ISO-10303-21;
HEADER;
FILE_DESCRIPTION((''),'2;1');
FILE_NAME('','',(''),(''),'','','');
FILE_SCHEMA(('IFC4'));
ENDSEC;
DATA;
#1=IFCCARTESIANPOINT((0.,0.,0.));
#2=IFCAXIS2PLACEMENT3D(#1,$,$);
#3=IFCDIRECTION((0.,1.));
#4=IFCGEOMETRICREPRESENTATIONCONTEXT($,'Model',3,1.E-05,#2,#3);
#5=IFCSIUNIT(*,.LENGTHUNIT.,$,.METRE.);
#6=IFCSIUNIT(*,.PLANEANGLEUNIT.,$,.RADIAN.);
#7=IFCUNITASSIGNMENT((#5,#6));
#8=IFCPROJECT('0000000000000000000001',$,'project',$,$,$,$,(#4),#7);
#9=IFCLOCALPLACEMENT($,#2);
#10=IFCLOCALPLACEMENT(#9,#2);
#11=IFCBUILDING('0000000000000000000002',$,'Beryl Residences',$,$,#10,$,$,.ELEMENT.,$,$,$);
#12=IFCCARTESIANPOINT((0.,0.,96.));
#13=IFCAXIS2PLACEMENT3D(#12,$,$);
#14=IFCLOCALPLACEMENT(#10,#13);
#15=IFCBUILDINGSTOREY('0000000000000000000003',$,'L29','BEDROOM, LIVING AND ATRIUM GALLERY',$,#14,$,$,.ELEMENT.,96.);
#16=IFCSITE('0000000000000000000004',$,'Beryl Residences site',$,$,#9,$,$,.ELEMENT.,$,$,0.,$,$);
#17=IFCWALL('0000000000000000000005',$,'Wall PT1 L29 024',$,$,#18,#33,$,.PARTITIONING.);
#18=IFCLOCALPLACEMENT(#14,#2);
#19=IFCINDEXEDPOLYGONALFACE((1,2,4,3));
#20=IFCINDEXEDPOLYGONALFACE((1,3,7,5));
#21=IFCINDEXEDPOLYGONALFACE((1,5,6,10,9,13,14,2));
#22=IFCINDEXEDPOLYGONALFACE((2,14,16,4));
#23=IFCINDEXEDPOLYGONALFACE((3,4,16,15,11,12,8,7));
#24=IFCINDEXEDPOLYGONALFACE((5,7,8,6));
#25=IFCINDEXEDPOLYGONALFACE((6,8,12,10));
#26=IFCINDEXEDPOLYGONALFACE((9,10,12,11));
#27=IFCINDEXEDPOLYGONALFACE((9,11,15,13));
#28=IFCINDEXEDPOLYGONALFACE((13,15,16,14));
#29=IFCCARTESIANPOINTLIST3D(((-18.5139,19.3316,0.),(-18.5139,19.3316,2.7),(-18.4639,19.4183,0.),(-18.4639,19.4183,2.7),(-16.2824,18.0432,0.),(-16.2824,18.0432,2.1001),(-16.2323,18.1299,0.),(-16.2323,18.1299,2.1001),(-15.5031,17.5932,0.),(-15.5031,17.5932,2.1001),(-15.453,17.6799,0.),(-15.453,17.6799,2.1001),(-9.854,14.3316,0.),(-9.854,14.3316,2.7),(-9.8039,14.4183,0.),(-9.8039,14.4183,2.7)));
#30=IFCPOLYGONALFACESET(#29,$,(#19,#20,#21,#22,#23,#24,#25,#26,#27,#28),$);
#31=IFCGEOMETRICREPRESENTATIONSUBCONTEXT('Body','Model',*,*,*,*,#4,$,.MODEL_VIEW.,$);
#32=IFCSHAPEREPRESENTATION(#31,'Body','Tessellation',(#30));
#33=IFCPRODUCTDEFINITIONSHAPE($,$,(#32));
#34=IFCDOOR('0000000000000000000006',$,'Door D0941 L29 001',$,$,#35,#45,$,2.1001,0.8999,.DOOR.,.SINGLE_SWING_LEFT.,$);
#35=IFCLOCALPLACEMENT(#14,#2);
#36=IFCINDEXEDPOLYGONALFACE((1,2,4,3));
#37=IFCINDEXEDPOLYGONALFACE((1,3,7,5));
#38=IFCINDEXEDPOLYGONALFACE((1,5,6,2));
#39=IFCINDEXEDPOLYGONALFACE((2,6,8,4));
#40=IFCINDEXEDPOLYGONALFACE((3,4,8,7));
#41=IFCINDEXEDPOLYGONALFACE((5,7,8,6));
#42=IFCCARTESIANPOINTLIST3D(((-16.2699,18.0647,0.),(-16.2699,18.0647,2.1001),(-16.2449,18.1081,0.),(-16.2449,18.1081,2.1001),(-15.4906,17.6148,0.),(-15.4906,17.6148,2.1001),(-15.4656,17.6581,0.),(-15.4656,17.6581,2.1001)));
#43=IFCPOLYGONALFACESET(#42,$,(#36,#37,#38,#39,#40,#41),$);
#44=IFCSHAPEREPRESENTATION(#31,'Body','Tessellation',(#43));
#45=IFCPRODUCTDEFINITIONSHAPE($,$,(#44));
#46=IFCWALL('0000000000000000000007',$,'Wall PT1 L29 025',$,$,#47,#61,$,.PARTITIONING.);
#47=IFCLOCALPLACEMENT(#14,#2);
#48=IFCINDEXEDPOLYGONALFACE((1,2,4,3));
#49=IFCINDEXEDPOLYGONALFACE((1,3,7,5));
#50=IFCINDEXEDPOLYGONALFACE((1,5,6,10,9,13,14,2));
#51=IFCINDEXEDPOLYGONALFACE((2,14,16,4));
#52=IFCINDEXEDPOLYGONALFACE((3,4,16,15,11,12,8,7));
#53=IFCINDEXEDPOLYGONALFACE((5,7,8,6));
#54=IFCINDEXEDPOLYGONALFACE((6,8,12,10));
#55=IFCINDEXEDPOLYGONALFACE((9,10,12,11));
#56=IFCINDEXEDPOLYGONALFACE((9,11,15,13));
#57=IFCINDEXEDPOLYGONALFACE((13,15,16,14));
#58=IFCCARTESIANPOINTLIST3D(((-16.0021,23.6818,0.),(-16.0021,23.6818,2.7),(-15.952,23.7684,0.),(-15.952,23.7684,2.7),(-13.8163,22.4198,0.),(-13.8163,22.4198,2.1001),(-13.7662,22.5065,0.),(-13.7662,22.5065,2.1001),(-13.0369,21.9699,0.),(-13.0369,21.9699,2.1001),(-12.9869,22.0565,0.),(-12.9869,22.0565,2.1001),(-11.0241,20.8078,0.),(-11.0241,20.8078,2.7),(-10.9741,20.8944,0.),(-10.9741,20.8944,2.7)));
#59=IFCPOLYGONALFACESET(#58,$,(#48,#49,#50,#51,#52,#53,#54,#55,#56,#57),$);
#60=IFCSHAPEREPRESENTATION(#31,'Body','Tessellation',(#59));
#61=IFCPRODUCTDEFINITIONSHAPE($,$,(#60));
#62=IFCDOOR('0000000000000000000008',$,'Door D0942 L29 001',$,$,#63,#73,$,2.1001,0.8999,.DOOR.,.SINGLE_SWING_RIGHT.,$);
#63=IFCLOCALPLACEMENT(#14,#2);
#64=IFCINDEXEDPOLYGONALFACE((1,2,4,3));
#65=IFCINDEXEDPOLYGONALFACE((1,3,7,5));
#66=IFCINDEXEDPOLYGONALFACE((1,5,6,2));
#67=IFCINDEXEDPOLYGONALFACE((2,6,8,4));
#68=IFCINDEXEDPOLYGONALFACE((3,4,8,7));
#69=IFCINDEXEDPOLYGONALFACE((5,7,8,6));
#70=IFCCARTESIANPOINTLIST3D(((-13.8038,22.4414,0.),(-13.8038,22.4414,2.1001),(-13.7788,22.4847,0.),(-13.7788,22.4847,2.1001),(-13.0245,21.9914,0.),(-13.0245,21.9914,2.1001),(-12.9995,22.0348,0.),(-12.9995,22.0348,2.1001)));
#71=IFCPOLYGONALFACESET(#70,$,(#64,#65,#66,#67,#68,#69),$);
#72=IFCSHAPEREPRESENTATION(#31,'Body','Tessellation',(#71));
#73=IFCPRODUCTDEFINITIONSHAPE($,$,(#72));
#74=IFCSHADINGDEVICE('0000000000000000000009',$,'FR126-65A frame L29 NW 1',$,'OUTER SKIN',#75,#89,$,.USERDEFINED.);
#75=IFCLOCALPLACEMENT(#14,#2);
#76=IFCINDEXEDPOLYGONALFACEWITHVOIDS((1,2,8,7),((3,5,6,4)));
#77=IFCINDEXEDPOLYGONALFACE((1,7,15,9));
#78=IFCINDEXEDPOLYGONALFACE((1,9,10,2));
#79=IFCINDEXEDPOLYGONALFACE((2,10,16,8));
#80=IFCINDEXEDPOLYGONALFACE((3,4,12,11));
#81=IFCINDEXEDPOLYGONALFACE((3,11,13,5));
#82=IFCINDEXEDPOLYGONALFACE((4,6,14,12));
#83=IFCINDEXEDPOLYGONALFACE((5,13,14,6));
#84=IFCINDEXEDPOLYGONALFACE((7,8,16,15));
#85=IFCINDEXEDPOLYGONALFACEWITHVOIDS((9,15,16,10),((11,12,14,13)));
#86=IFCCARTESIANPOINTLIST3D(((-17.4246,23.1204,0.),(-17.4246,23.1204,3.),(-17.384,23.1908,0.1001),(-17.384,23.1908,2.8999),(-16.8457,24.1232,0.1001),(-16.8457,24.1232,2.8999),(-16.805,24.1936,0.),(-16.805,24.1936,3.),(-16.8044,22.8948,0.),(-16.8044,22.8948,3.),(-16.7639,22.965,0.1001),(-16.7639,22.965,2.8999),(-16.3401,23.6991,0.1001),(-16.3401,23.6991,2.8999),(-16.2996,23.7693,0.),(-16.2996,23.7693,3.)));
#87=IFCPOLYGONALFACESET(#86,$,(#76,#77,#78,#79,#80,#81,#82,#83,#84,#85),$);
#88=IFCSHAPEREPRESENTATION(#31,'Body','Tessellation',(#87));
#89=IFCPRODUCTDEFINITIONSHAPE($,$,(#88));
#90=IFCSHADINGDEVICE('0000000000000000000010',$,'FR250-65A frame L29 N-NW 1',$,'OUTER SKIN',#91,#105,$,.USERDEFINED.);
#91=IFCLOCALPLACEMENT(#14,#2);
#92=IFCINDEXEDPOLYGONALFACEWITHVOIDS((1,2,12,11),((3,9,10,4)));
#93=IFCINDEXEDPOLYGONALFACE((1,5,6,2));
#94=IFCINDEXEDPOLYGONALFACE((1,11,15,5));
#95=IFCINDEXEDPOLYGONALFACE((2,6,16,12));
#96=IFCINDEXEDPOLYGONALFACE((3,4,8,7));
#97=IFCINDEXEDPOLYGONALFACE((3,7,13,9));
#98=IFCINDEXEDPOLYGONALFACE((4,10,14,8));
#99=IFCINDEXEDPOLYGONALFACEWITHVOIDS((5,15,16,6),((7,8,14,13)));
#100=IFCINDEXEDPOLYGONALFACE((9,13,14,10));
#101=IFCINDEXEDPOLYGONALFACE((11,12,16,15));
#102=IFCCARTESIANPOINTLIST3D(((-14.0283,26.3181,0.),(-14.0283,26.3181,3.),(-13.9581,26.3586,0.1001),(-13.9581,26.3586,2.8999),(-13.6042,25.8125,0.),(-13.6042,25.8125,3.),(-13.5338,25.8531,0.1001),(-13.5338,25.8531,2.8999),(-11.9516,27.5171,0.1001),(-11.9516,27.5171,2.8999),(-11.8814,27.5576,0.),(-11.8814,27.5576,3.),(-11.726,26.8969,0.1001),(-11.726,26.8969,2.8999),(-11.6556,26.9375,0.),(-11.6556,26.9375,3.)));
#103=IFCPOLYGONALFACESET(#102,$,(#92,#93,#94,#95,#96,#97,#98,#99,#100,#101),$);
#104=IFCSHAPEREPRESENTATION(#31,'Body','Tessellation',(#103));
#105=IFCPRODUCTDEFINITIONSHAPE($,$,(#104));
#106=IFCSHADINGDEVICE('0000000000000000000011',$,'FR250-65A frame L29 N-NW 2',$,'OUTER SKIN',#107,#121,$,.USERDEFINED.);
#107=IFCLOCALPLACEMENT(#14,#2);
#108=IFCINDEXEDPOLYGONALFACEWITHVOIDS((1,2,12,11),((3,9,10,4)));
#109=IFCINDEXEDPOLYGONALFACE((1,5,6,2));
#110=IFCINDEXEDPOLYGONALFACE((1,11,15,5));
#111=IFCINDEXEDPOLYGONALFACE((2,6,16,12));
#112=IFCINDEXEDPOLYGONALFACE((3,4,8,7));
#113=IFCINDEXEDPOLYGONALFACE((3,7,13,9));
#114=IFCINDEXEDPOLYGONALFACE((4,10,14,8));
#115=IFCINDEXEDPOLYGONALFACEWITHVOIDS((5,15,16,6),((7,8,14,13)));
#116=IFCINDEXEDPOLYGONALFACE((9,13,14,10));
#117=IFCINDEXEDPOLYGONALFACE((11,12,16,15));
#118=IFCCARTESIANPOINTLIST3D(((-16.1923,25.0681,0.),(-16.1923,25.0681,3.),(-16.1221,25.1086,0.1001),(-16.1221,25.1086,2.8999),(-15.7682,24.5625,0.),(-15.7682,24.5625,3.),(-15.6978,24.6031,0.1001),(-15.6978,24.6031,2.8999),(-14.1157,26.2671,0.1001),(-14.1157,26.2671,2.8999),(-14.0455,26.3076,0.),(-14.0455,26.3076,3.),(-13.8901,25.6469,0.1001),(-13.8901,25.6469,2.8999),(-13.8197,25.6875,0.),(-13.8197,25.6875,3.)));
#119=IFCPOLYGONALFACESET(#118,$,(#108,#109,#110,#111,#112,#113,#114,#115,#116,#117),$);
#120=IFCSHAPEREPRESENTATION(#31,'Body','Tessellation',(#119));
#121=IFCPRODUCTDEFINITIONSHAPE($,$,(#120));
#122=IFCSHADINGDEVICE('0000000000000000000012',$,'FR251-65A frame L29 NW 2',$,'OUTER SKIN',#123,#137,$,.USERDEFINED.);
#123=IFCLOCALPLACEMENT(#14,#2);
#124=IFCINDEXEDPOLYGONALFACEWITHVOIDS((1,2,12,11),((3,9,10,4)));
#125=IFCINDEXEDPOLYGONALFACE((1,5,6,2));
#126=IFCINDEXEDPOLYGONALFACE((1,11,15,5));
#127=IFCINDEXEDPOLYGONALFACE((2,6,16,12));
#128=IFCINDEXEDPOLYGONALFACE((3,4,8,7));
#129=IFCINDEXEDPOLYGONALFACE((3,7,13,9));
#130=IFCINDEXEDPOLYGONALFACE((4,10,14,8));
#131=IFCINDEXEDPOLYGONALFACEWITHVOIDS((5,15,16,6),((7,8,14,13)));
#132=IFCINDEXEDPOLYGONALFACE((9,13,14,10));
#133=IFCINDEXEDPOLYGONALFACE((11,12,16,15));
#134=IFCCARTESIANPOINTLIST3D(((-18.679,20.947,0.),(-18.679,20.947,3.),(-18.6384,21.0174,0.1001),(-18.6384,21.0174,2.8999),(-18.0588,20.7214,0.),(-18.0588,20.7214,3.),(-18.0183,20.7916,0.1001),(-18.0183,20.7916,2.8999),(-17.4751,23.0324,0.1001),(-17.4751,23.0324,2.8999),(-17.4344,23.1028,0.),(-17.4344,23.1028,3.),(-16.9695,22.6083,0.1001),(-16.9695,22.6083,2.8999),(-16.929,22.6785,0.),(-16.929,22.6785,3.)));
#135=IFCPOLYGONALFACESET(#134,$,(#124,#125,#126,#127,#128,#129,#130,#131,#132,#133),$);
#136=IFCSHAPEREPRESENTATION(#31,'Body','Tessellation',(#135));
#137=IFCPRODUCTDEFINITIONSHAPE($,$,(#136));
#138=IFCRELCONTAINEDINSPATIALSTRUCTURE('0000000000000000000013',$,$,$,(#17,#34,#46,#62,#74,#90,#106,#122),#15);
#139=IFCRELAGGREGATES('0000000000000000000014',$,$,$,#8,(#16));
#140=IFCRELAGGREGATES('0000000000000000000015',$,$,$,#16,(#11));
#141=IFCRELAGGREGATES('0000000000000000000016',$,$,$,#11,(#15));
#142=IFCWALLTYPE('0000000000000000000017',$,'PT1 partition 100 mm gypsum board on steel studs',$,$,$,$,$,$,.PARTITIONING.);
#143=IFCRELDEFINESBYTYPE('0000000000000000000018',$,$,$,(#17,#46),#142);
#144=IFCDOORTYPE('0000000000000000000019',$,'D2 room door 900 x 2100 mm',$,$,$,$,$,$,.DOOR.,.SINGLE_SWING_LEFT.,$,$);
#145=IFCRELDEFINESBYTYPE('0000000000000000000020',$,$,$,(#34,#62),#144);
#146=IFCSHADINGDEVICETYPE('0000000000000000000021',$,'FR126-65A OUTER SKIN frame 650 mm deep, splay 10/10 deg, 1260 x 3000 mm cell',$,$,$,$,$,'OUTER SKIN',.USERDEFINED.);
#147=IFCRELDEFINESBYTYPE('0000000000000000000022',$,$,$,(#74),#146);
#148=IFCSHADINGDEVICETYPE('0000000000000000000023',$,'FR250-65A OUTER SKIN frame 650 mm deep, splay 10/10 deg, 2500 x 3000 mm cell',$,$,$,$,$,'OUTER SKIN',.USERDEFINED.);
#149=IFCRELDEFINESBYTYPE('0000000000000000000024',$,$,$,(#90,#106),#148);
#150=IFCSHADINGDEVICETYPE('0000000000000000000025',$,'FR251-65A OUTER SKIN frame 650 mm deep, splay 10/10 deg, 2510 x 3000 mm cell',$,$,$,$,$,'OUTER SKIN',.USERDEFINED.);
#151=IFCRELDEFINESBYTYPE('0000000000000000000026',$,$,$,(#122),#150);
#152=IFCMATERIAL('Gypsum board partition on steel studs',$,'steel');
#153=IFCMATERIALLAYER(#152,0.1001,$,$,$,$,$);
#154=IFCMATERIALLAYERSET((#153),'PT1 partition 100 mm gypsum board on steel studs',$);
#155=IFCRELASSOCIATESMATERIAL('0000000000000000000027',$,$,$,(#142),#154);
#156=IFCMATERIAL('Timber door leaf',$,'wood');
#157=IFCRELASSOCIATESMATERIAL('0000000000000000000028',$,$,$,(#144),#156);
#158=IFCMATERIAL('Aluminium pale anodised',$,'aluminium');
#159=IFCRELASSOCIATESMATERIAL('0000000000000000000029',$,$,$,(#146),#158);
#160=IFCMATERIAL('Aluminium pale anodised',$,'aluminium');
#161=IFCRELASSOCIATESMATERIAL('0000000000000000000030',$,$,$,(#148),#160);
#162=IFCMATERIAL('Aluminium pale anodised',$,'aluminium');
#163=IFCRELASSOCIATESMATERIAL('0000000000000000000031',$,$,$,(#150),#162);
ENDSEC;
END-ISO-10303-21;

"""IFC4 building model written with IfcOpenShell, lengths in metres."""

from ifc_helpers import new_model, entity, si_unit, direction, frame, frame_2d, origin, place, context, subcontext, project, spatial, rectangle, extrude, source, transform, mapped, material, layer, layer_set, type_object, type_shapes, element, fill, save


model = new_model("IFC4")

# Units and contexts
model_context = context("Model", 3, precision=1e-05, world=origin(), true_north=direction((0.0, 1.0)))
body_context = subcontext(model_context, "Body", "Model", "MODEL_VIEW")
ifc_project = project(units=[si_unit("LENGTHUNIT", "METRE"), si_unit("PLANEANGLEUNIT", "RADIAN")], contexts=[model_context])

# Site, building, storey
site_placement = place(None, origin())
site = spatial("IfcSite", under=ifc_project, at=site_placement, Name="Beryl Residences site", CompositionType="ELEMENT", RefElevation=0.0)
building_placement = place(site_placement, origin())
building = spatial("IfcBuilding", under=site, at=building_placement, Name="Beryl Residences", CompositionType="ELEMENT")
storey_placement = place(building_placement, frame((0.0, 0.0, 96.0)))
storey = spatial("IfcBuildingStorey", under=building, at=storey_placement, Name="L29", Description="BEDROOM, LIVING AND ATRIUM GALLERY", CompositionType="ELEMENT", Elevation=96.0)

# Walls, openings, doors
ifc_material_1 = material(Name="Gypsum board partition on steel studs", Category="steel")
ifc_layer_1 = layer(ifc_material_1, 0.1001)
ifc_layer_set_1 = layer_set([ifc_layer_1], Name="PT1 partition 100 mm gypsum board on steel studs")
wall_type_1 = type_object("IfcWallType", Name="PT1 partition 100 mm gypsum board on steel studs", PredefinedType="PARTITIONING", material=ifc_layer_set_1)
wall_1_placement = place(storey_placement, frame((-18.489, 19.375, 0.0), z_axis=(0.0, 0.0, 1.0), x_axis=(0.866017, -0.500015, 0.0)))
wall_1 = element("IfcWall", 1, at=wall_1_placement, inside=storey, type_object=wall_type_1, Name="Wall PT1 L29 024", PredefinedType="PARTITIONING", context=body_context, shape_type="SweptSolid", body=[
    extrude(rectangle(XDim=9.9998, YDim=0.1001, at=frame_2d((5.0, 0.0))), origin(), (0.0, 0.0, 1.0), 2.7),
])
opening_1_placement = place(wall_1_placement, frame((2.5769, 0.0, 0.0)))
opening_1 = element("IfcOpeningElement", 2, at=opening_1_placement, cuts=wall_1, PredefinedType="OPENING", context=body_context, shape_type="SweptSolid", body=[
    extrude(rectangle(XDim=0.8999, YDim=2.1001, at=frame_2d((0.45, 1.05))), frame((0.0, 0.0601, 0.0), z_axis=(0.0, -1.0, 0.0), x_axis=(1.0, 0.0, 0.0)), (0.0, 0.0, 1.0), 0.1201),
])
ifc_material_2 = material(Name="Timber door leaf", Category="wood")
door_type = type_object("IfcDoorType", Name="D2 room door 900 x 2100 mm", OperationType="SINGLE_SWING_LEFT", PredefinedType="DOOR", material=ifc_material_2)
door_1_placement = place(opening_1_placement, origin())
door_1 = element("IfcDoor", 3, at=door_1_placement, inside=storey, type_object=door_type, Name="Door D0941 L29 001", OperationType="SINGLE_SWING_LEFT", OverallHeight=2.1001, OverallWidth=0.8999, PredefinedType="DOOR", context=body_context, shape_type="SweptSolid", body=[
    extrude(rectangle(XDim=0.8999, YDim=2.1001, at=frame_2d((0.45, 1.05))), frame((0.0, 0.0249, 0.0), z_axis=(0.0, -1.0, 0.0), x_axis=(1.0, 0.0, 0.0)), (0.0, 0.0, 1.0), 0.05),
])
fill(opening_1, door_1)
wall_2_placement = place(storey_placement, frame((-15.9771, 23.7251, 0.0), z_axis=(0.0, 0.0, 1.0), x_axis=(0.866029, -0.499995, 0.0)))
wall_2 = element("IfcWall", 4, at=wall_2_placement, inside=storey, type_object=wall_type_1, Name="Wall PT1 L29 025", PredefinedType="PARTITIONING", context=body_context, shape_type="SweptSolid", body=[
    extrude(rectangle(XDim=5.748, YDim=0.1001, at=frame_2d((2.874, 0.0))), origin(), (0.0, 0.0, 1.0), 2.7),
])
opening_2_placement = place(wall_2_placement, frame((2.5239, 0.0, 0.0)))
opening_2 = element("IfcOpeningElement", 5, at=opening_2_placement, cuts=wall_2, PredefinedType="OPENING", context=body_context, shape_type="SweptSolid", body=[
    extrude(rectangle(XDim=0.8999, YDim=2.1001, at=frame_2d((0.45, 1.05))), frame((0.0, 0.0601, 0.0), z_axis=(0.0, -1.0, 0.0), x_axis=(1.0, 0.0, 0.0)), (0.0, 0.0, 1.0), 0.1201),
])
door_2_placement = place(opening_2_placement, origin())
door_2 = element("IfcDoor", 6, at=door_2_placement, inside=storey, type_object=door_type, Name="Door D0942 L29 001", OperationType="SINGLE_SWING_RIGHT", OverallHeight=2.1001, OverallWidth=0.8999, PredefinedType="DOOR", context=body_context, shape_type="SweptSolid", body=[
    extrude(rectangle(XDim=0.8999, YDim=2.1001, at=frame_2d((0.45, 1.05))), frame((0.0, 0.0249, 0.0), z_axis=(0.0, -1.0, 0.0), x_axis=(1.0, 0.0, 0.0)), (0.0, 0.0, 1.0), 0.05),
])
fill(opening_2, door_2)

# Shading devices
ifc_material_3 = material(Name="Aluminium pale anodised", Category="aluminium")
shading_device_type_1 = type_object("IfcShadingDeviceType", Name="FR126-65A OUTER SKIN frame 650 mm deep, splay 10/10 deg, 1260 x 3000 mm cell", ElementType="OUTER SKIN", PredefinedType="USERDEFINED", material=ifc_material_3)
cartesian_point_1 = entity("IfcCartesianPoint", [-0.5049, 0.0])
cartesian_point_2 = entity("IfcCartesianPoint", [-0.4238, 0.1001])
cartesian_point_3 = entity("IfcCartesianPoint", [-0.6196, 0.0])
cartesian_point_4 = entity("IfcCartesianPoint", [-0.5383, 0.1001])
shared_shape_1 = source(origin(), body_context, "Body", "SweptSolid", [
    entity("IfcExtrudedAreaSolidTapered", entity("IfcArbitraryProfileDefWithVoids", "AREA", None, entity("IfcPolyline", [cartesian_point_1, entity("IfcCartesianPoint", [0.5049, 0.0]), entity("IfcCartesianPoint", [0.5049, 3.0]), entity("IfcCartesianPoint", [-0.5049, 3.0]), cartesian_point_1]), [entity("IfcPolyline", [cartesian_point_2, entity("IfcCartesianPoint", [0.4238, 0.1001]), entity("IfcCartesianPoint", [0.4238, 2.8999]), entity("IfcCartesianPoint", [-0.4238, 2.8999]), cartesian_point_2])]), entity("IfcAxis2Placement3D", entity("IfcCartesianPoint", [0.0, 0.0, 0.0]), entity("IfcDirection", [0.0, 1.0, 0.0]), entity("IfcDirection", [-1.0, 0.0, 0.0])), entity("IfcDirection", [0.0, 0.0, 1.0]), 0.6499, entity("IfcArbitraryProfileDefWithVoids", "AREA", None, entity("IfcPolyline", [cartesian_point_3, entity("IfcCartesianPoint", [0.6196, 0.0]), entity("IfcCartesianPoint", [0.6196, 3.0]), entity("IfcCartesianPoint", [-0.6196, 3.0]), cartesian_point_3]), [entity("IfcPolyline", [cartesian_point_4, entity("IfcCartesianPoint", [0.5383, 0.1001]), entity("IfcCartesianPoint", [0.5383, 2.8999]), entity("IfcCartesianPoint", [-0.5383, 2.8999]), cartesian_point_4])])),
])
type_shapes(shading_device_type_1, [shared_shape_1])
shading_device_placement = place(storey_placement, frame((-16.552, 23.332, 0.0), z_axis=(0.0, 0.0, 1.0), x_axis=(0.5, 0.866025, 0.0)))
element("IfcShadingDevice", 7, at=shading_device_placement, inside=storey, type_object=shading_device_type_1, Name="FR126-65A frame L29 NW 1", ObjectType="OUTER SKIN", PredefinedType="USERDEFINED", context=body_context, shape_type="MappedRepresentation", body=[
    mapped(shared_shape_1, transform((0.0, 0.0, 0.0))),
])
ifc_material_4 = material(Name="Aluminium pale anodised", Category="aluminium")
shading_device_type_2 = type_object("IfcShadingDeviceType", Name="FR250-65A OUTER SKIN frame 650 mm deep, splay 10/10 deg, 2500 x 3000 mm cell", ElementType="OUTER SKIN", PredefinedType="USERDEFINED", material=ifc_material_4)
cartesian_point_5 = entity("IfcCartesianPoint", [-1.125, 0.0])
cartesian_point_6 = entity("IfcCartesianPoint", [-1.0437, 0.1001])
cartesian_point_7 = entity("IfcCartesianPoint", [-1.2395, 0.0])
cartesian_point_8 = entity("IfcCartesianPoint", [-1.1584, 0.1001])
shared_shape_2 = source(origin(), body_context, "Body", "SweptSolid", [
    entity("IfcExtrudedAreaSolidTapered", entity("IfcArbitraryProfileDefWithVoids", "AREA", None, entity("IfcPolyline", [cartesian_point_5, entity("IfcCartesianPoint", [1.125, 0.0]), entity("IfcCartesianPoint", [1.125, 3.0]), entity("IfcCartesianPoint", [-1.125, 3.0]), cartesian_point_5]), [entity("IfcPolyline", [cartesian_point_6, entity("IfcCartesianPoint", [1.0437, 0.1001]), entity("IfcCartesianPoint", [1.0437, 2.8999]), entity("IfcCartesianPoint", [-1.0437, 2.8999]), cartesian_point_6])]), entity("IfcAxis2Placement3D", entity("IfcCartesianPoint", [0.0, 0.0, 0.0]), entity("IfcDirection", [0.0, 1.0, 0.0]), entity("IfcDirection", [-1.0, 0.0, 0.0])), entity("IfcDirection", [0.0, 0.0, 1.0]), 0.6499, entity("IfcArbitraryProfileDefWithVoids", "AREA", None, entity("IfcPolyline", [cartesian_point_7, entity("IfcCartesianPoint", [1.2395, 0.0]), entity("IfcCartesianPoint", [1.2395, 3.0]), entity("IfcCartesianPoint", [-1.2395, 3.0]), cartesian_point_7]), [entity("IfcPolyline", [cartesian_point_8, entity("IfcCartesianPoint", [1.1584, 0.1001]), entity("IfcCartesianPoint", [1.1584, 2.8999]), entity("IfcCartesianPoint", [-1.1584, 2.8999]), cartesian_point_8])])),
])
type_shapes(shading_device_type_2, [shared_shape_2])
for number, where, z_axis, x_axis, name in (
    (8, (-12.6299, 26.375, 0.0), (0.0, 0.0, 1.0), (0.866025, 0.5, 0.0), "FR250-65A frame L29 N-NW 1"),
    (9, (-14.7939, 25.125, 0.0), (0.0, 0.0, 1.0), (0.866025, 0.5, 0.0), "FR250-65A frame L29 N-NW 2"),
):
    element("IfcShadingDevice", number, at=place(storey_placement, frame(where, z_axis=z_axis, x_axis=x_axis)), inside=storey, type_object=shading_device_type_2, Name=name, ObjectType="OUTER SKIN", PredefinedType="USERDEFINED", context=body_context, shape_type="MappedRepresentation", body=[
        mapped(shared_shape_2, transform((0.0, 0.0, 0.0))),
    ])
ifc_material_5 = material(Name="Aluminium pale anodised", Category="aluminium")
shading_device_type_3 = type_object("IfcShadingDeviceType", Name="FR251-65A OUTER SKIN frame 650 mm deep, splay 10/10 deg, 2510 x 3000 mm cell", ElementType="OUTER SKIN", PredefinedType="USERDEFINED", material=ifc_material_5)
cartesian_point_9 = entity("IfcCartesianPoint", [-1.1299, 0.0])
cartesian_point_10 = entity("IfcCartesianPoint", [-1.0488, 0.1001])
cartesian_point_11 = entity("IfcCartesianPoint", [-1.2446, 0.0])
cartesian_point_12 = entity("IfcCartesianPoint", [-1.1633, 0.1001])
shared_shape_3 = source(origin(), body_context, "Body", "SweptSolid", [
    entity("IfcExtrudedAreaSolidTapered", entity("IfcArbitraryProfileDefWithVoids", "AREA", None, entity("IfcPolyline", [cartesian_point_9, entity("IfcCartesianPoint", [1.1299, 0.0]), entity("IfcCartesianPoint", [1.1299, 3.0]), entity("IfcCartesianPoint", [-1.1299, 3.0]), cartesian_point_9]), [entity("IfcPolyline", [cartesian_point_10, entity("IfcCartesianPoint", [1.0488, 0.1001]), entity("IfcCartesianPoint", [1.0488, 2.8999]), entity("IfcCartesianPoint", [-1.0488, 2.8999]), cartesian_point_10])]), entity("IfcAxis2Placement3D", entity("IfcCartesianPoint", [0.0, 0.0, 0.0]), entity("IfcDirection", [0.0, 1.0, 0.0]), entity("IfcDirection", [-1.0, 0.0, 0.0])), entity("IfcDirection", [0.0, 0.0, 1.0]), 0.6499, entity("IfcArbitraryProfileDefWithVoids", "AREA", None, entity("IfcPolyline", [cartesian_point_11, entity("IfcCartesianPoint", [1.2446, 0.0]), entity("IfcCartesianPoint", [1.2446, 3.0]), entity("IfcCartesianPoint", [-1.2446, 3.0]), cartesian_point_11]), [entity("IfcPolyline", [cartesian_point_12, entity("IfcCartesianPoint", [1.1633, 0.1001]), entity("IfcCartesianPoint", [1.1633, 2.8999]), entity("IfcCartesianPoint", [-1.1633, 2.8999]), cartesian_point_12])])),
])
type_shapes(shading_device_type_3, [shared_shape_3])
for number, where, z_axis, x_axis, name in (
    (10, (-17.4939, 21.7, 0.0), (0.0, 0.0, 1.0), (0.5, 0.866025, 0.0), "FR251-65A frame L29 NW 2"),
):
    element("IfcShadingDevice", number, at=place(storey_placement, frame(where, z_axis=z_axis, x_axis=x_axis)), inside=storey, type_object=shading_device_type_3, Name=name, ObjectType="OUTER SKIN", PredefinedType="USERDEFINED", context=body_context, shape_type="MappedRepresentation", body=[
        mapped(shared_shape_3, transform((0.0, 0.0, 0.0))),
    ])

save(model, "model.ifc")
